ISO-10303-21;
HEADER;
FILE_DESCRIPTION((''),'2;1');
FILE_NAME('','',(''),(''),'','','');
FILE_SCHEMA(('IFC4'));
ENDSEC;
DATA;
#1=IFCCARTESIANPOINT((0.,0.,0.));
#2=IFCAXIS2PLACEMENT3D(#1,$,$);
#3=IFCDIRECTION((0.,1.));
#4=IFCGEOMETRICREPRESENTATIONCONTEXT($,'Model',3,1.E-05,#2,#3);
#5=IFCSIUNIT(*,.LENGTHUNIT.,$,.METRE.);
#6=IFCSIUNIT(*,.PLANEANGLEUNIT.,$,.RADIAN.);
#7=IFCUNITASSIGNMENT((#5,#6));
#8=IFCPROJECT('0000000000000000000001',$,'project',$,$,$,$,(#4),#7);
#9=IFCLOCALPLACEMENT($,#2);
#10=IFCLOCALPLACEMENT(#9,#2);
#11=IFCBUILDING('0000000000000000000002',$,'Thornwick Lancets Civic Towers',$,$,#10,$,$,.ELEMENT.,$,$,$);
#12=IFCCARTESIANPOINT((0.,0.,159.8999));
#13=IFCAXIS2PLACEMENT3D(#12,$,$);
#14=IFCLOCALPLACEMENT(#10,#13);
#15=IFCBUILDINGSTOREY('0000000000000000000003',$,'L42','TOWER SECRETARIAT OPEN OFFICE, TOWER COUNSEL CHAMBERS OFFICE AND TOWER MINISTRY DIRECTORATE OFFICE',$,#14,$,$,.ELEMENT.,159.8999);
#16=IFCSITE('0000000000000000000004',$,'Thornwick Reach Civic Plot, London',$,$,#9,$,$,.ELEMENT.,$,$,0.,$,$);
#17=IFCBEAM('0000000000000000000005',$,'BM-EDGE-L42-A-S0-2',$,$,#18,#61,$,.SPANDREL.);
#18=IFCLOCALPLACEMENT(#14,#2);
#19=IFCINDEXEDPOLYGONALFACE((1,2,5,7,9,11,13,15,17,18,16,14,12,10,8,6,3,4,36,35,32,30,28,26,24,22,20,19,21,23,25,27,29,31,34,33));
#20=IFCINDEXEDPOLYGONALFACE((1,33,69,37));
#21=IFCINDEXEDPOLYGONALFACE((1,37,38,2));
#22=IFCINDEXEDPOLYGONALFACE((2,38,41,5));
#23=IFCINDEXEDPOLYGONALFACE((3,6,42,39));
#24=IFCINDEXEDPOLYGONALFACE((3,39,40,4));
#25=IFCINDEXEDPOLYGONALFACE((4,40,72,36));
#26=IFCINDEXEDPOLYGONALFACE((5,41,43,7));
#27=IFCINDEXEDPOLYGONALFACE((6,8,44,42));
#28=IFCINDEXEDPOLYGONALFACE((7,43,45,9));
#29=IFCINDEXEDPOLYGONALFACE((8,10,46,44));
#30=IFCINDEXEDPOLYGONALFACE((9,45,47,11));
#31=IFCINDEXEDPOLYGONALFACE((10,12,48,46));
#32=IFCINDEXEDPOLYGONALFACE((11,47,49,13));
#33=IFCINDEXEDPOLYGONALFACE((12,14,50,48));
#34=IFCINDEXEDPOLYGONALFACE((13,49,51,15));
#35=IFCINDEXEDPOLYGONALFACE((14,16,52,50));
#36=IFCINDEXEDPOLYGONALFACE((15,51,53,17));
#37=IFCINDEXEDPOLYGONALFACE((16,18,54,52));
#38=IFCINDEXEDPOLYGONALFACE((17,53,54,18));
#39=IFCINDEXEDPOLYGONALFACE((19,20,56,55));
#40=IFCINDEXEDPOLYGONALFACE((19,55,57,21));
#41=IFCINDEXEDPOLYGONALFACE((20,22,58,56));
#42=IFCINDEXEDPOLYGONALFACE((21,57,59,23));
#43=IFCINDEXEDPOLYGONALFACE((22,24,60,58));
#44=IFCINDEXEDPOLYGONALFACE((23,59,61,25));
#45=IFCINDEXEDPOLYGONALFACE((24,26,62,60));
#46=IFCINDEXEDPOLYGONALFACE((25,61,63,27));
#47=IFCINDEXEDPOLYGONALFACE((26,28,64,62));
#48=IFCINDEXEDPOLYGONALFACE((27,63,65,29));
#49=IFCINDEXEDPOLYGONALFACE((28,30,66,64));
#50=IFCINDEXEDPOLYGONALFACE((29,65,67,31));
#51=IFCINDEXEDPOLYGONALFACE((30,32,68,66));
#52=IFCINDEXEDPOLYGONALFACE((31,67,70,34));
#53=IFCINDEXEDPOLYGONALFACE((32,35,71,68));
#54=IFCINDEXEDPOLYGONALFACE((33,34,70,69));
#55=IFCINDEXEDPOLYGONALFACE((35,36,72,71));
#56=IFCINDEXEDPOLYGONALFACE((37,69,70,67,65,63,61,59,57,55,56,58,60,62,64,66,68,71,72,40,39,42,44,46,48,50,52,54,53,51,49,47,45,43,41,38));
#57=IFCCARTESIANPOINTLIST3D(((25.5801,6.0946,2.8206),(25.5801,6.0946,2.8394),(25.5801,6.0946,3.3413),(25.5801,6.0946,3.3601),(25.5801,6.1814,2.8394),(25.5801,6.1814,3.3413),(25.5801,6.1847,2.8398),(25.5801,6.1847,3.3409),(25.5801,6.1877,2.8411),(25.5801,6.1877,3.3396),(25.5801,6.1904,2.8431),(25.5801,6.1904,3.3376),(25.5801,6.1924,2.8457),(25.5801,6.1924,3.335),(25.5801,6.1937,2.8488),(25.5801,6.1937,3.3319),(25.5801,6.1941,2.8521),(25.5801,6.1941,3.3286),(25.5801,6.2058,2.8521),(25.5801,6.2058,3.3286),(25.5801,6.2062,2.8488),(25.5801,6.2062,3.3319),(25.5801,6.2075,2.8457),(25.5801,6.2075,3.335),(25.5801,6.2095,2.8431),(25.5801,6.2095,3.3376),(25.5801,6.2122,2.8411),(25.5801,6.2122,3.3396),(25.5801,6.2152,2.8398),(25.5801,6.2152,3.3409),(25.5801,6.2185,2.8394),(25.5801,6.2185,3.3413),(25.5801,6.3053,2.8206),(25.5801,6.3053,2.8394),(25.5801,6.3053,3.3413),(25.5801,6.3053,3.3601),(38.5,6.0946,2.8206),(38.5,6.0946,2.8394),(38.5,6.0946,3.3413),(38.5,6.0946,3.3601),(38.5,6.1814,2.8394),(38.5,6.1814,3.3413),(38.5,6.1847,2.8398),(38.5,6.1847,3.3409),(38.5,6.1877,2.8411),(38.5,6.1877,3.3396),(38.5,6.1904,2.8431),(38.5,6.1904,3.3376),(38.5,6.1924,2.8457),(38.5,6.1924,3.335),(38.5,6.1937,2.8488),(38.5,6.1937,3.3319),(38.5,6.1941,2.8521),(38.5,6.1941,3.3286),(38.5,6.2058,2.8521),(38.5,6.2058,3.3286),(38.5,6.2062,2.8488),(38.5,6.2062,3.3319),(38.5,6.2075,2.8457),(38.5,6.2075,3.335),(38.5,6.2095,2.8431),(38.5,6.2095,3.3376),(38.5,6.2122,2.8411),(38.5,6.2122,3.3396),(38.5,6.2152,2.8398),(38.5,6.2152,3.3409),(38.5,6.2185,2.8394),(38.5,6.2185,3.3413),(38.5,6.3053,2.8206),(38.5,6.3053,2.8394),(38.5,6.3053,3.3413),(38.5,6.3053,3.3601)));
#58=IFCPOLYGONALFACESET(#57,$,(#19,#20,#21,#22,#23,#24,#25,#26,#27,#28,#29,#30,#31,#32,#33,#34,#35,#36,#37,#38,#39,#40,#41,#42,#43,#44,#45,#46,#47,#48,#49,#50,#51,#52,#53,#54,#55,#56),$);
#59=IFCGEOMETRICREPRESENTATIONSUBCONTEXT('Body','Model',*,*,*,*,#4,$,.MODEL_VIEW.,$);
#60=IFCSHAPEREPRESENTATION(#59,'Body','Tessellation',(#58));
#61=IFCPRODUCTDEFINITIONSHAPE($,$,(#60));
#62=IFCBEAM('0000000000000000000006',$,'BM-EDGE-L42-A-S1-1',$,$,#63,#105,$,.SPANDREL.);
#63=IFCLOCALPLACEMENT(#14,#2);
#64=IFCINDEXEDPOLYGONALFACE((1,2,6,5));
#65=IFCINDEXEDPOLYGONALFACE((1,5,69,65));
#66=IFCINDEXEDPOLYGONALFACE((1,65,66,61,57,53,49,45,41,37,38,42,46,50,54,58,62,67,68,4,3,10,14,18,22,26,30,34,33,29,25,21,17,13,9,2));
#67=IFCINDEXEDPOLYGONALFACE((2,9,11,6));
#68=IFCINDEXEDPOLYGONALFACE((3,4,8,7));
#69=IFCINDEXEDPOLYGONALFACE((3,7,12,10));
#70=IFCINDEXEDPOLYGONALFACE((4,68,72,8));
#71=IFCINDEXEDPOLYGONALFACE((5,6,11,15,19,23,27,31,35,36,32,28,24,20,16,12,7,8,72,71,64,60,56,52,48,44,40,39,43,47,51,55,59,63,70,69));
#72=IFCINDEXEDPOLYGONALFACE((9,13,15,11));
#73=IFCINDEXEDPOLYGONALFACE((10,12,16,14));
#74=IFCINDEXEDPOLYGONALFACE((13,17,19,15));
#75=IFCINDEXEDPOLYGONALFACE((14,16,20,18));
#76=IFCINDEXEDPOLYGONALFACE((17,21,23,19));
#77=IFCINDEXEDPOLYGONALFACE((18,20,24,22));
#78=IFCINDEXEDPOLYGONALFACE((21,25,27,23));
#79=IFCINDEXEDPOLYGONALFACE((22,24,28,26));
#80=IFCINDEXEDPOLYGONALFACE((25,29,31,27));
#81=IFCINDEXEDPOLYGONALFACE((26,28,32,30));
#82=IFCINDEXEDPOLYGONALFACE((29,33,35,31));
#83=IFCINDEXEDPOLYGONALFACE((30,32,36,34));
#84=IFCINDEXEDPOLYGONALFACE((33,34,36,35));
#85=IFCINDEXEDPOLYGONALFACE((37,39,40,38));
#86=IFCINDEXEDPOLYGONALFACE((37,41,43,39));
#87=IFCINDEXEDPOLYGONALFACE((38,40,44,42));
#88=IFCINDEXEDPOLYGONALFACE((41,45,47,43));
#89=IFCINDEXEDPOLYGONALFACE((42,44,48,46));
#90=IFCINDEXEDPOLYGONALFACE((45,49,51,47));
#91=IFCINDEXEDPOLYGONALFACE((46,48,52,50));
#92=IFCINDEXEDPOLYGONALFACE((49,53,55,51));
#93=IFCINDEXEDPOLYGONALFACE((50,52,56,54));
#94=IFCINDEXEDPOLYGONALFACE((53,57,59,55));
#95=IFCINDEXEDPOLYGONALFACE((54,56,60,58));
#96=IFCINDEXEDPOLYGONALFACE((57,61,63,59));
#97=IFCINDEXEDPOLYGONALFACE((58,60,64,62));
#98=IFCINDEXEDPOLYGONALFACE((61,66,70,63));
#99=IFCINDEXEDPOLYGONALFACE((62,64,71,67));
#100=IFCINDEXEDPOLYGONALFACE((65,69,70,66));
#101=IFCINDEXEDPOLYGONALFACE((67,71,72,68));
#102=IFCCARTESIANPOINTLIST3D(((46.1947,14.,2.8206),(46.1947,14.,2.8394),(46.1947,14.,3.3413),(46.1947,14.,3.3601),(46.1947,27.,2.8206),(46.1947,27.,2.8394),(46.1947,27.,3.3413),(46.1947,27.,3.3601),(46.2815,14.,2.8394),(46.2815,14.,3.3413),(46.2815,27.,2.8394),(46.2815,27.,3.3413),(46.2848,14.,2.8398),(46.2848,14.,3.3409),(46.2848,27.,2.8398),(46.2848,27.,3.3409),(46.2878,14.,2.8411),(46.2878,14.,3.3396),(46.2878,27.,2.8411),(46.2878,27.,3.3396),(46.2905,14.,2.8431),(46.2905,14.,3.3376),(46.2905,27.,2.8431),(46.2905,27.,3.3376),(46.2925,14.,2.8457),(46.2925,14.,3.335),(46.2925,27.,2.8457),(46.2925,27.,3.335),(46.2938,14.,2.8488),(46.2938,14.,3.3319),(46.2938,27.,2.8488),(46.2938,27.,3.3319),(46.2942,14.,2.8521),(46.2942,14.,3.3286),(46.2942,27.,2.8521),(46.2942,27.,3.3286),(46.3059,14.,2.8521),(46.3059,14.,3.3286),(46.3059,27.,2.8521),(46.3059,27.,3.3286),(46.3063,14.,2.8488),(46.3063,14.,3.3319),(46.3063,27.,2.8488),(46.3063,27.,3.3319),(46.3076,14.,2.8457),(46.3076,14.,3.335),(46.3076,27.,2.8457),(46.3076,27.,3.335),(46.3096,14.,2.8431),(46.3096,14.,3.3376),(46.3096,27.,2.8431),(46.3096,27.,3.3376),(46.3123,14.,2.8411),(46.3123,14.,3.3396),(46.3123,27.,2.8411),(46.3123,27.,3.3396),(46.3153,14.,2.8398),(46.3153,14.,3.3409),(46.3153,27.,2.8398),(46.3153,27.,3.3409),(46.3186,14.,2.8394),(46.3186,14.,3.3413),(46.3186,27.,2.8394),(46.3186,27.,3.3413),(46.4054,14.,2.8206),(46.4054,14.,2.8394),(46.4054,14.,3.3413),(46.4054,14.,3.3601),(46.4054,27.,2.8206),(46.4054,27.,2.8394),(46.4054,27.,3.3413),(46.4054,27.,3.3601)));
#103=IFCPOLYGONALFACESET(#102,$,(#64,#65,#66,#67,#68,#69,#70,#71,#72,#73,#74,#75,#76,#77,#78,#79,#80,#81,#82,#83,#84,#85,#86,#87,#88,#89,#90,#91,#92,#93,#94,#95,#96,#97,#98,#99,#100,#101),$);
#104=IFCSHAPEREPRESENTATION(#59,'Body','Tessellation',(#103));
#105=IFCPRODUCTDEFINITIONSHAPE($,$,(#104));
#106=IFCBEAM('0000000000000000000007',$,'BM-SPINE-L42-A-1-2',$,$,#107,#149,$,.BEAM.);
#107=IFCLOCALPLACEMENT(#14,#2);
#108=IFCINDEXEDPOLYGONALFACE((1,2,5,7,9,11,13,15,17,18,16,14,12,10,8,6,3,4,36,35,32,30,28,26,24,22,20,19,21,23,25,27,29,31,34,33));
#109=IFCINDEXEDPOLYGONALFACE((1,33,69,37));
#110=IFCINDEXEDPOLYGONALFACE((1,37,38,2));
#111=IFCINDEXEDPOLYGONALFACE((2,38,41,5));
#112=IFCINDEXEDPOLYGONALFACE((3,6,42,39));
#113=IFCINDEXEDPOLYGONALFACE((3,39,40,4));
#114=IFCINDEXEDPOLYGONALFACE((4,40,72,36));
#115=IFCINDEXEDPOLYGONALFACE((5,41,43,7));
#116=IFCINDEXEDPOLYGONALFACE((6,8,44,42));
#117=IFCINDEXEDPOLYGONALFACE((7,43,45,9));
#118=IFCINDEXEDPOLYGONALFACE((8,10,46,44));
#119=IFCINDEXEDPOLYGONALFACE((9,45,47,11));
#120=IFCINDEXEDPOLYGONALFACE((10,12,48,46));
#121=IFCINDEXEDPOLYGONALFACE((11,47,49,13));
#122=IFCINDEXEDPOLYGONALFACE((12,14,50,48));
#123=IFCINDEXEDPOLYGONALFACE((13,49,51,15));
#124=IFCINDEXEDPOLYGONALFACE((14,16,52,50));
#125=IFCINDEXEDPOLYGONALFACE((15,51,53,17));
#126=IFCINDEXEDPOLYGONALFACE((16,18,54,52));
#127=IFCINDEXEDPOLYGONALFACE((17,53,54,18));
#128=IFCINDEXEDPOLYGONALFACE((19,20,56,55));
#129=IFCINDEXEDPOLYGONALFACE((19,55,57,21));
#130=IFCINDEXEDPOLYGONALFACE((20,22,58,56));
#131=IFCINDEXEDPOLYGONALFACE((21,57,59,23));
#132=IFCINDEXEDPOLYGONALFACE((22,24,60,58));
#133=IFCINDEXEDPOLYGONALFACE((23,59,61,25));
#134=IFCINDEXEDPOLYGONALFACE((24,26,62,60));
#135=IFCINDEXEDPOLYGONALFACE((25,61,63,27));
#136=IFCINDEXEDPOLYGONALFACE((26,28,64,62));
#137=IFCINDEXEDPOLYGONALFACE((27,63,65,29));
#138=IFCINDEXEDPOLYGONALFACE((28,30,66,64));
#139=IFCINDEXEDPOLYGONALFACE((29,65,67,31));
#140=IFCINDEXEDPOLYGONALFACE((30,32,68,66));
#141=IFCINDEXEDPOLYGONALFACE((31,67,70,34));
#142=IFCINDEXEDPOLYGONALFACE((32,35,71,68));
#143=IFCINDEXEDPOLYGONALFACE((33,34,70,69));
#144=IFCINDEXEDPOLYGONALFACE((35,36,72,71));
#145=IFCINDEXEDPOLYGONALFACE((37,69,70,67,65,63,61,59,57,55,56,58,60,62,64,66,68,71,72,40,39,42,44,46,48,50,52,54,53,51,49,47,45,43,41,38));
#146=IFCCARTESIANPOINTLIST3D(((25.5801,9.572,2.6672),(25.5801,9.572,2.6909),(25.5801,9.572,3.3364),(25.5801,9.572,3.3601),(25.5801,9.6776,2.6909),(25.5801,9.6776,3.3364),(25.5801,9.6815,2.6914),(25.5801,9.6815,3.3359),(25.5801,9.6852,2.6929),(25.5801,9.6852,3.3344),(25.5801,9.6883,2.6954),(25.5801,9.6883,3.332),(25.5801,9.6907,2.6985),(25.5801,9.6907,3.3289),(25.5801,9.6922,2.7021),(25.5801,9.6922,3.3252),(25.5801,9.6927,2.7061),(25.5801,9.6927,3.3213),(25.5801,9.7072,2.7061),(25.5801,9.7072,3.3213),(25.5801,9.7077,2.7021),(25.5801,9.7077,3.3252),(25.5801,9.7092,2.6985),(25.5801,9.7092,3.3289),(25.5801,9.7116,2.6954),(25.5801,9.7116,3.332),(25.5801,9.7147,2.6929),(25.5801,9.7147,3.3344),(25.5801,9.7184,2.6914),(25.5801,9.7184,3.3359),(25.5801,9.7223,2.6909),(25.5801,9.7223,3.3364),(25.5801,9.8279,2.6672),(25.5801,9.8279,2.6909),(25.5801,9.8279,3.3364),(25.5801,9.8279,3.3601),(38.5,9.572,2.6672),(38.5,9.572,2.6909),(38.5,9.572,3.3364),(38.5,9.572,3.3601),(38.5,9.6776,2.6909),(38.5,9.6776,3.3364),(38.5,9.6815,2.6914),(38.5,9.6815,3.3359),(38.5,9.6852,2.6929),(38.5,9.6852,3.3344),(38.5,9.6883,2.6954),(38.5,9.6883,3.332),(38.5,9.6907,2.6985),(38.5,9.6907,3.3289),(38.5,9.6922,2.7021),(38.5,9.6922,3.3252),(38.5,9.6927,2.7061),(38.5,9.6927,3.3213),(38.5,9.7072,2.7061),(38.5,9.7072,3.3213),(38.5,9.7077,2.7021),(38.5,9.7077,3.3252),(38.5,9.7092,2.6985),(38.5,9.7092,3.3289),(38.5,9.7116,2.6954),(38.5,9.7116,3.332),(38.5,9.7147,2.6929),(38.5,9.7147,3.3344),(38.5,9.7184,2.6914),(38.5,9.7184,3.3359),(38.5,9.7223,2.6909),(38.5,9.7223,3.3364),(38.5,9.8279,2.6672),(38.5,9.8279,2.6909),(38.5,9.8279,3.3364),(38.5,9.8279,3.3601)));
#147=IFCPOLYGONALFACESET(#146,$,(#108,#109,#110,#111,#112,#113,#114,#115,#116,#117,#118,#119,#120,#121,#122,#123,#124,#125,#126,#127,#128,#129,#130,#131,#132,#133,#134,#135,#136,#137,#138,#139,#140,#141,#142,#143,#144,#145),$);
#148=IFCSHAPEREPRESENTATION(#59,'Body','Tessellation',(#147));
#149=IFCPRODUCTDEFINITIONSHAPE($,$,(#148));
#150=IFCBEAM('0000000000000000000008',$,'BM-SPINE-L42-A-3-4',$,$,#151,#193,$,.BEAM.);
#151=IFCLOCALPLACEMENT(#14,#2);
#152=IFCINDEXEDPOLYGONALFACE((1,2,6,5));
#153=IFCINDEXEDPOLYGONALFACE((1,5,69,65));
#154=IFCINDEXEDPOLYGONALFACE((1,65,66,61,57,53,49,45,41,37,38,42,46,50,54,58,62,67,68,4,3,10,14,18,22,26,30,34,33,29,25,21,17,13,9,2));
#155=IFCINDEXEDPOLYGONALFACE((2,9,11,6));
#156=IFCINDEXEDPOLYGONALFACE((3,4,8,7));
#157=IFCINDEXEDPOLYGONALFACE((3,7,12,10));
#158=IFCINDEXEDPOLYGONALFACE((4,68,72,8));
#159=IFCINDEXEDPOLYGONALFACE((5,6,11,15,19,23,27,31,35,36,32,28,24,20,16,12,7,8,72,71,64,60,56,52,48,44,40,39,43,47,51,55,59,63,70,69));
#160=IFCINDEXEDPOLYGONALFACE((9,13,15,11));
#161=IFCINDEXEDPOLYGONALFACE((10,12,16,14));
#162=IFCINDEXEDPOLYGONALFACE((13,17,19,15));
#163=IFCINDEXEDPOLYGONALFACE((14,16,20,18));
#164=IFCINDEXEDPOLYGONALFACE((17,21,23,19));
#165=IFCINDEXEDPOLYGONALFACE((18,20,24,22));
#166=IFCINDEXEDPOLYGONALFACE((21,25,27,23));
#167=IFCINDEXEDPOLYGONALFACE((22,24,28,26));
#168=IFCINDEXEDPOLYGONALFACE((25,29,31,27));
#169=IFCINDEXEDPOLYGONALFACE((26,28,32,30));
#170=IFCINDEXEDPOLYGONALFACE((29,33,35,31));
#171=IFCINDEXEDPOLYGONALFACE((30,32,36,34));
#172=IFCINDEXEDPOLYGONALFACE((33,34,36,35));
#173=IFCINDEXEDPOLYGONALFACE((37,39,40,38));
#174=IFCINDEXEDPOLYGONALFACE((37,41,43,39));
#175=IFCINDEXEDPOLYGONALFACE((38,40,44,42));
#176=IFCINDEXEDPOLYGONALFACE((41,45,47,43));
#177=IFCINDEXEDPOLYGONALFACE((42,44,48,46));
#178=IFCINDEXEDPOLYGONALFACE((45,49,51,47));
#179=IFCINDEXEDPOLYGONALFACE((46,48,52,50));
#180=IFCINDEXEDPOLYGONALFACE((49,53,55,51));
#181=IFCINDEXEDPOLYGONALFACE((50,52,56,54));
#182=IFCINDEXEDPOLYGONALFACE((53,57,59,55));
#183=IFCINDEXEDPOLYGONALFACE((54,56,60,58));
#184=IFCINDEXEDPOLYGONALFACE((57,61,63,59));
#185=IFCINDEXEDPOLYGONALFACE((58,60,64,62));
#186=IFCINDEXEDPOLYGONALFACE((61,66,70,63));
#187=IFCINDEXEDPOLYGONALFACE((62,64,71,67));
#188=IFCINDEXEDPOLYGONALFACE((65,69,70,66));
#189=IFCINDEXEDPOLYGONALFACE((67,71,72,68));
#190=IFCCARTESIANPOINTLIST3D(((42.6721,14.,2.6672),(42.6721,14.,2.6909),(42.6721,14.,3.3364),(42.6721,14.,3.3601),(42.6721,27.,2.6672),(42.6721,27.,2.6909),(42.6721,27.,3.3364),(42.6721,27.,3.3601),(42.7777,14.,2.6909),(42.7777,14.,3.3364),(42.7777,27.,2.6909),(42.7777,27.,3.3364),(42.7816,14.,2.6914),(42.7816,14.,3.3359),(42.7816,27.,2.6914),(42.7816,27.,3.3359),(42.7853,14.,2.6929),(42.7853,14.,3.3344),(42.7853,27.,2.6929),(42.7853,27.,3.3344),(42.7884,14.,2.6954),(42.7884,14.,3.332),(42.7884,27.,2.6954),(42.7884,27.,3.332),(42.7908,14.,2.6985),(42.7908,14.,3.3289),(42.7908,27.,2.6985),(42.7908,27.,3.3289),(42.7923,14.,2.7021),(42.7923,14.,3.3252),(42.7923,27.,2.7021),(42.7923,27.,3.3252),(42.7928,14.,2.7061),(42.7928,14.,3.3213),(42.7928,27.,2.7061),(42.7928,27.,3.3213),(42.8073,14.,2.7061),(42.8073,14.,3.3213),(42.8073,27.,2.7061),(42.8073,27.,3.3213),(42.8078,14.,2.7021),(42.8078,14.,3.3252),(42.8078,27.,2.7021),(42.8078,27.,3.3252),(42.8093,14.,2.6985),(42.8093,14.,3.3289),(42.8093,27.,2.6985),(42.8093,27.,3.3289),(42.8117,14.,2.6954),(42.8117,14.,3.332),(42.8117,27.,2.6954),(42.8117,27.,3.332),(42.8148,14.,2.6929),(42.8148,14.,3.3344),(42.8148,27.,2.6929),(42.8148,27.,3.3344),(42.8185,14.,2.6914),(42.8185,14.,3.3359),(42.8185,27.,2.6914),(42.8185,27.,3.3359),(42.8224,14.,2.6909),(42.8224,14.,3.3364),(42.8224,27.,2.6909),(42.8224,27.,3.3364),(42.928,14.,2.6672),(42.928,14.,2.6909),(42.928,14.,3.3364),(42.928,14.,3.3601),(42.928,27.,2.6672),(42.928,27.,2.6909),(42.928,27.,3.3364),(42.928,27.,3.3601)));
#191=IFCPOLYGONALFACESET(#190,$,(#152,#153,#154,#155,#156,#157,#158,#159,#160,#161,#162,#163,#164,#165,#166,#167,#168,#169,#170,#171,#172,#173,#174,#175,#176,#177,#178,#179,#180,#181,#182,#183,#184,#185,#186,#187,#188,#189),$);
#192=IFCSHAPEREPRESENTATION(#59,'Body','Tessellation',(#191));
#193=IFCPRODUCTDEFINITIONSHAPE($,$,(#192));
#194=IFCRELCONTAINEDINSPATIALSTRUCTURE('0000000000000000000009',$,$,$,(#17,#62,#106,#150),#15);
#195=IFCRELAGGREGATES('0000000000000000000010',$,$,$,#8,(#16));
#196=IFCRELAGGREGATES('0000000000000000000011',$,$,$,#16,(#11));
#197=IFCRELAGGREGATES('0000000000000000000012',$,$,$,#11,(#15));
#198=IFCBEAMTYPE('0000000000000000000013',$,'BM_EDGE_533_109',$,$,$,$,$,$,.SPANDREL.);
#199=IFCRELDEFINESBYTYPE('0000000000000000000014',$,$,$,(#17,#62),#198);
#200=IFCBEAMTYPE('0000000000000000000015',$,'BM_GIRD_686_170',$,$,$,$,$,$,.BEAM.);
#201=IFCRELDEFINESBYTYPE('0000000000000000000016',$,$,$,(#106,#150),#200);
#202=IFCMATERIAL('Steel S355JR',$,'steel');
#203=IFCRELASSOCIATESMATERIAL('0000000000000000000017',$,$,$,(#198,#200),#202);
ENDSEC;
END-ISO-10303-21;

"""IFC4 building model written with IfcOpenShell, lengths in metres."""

from ifc_helpers import new_model, si_unit, direction, frame, origin, origin_2d, place, context, subcontext, project, spatial, i_section, extrude, material, material_profile, profile_set, type_object, element, save


model = new_model("IFC4")

# Units and contexts
model_context = context("Model", 3, precision=1e-05, world=origin(), true_north=direction((0.0, 1.0)))
body_context = subcontext(model_context, "Body", "Model", "MODEL_VIEW")
ifc_project = project(units=[si_unit("LENGTHUNIT", "METRE"), si_unit("PLANEANGLEUNIT", "RADIAN")], contexts=[model_context])

# Site, building, storey
site_placement = place(None, origin())
site = spatial("IfcSite", under=ifc_project, at=site_placement, Name="Thornwick Reach Civic Plot, London", CompositionType="ELEMENT", RefElevation=0.0)
building_placement = place(site_placement, origin())
building = spatial("IfcBuilding", under=site, at=building_placement, Name="Thornwick Lancets Civic Towers", CompositionType="ELEMENT")
storey_placement = place(building_placement, frame((0.0, 0.0, 159.8999)))
storey = spatial("IfcBuildingStorey", under=building, at=storey_placement, Name="L42", Description="TOWER SECRETARIAT OPEN OFFICE, TOWER COUNSEL CHAMBERS OFFICE AND TOWER MINISTRY DIRECTORATE OFFICE", CompositionType="ELEMENT", Elevation=159.8999)

# Beams
ifc_material_1 = material(Name="Steel S355JR", Category="steel")
ifc_material_profile_1 = material_profile(ifc_material_1, i_section(OverallWidth=0.2107, OverallDepth=0.5396, WebThickness=0.0117, FlangeThickness=0.0188, FilletRadius=0.0127, at=origin_2d()), Name="UKB 533x210x109")
ifc_profile_set_1 = profile_set([ifc_material_profile_1], Name="Steel S355JR")
beam_type_1 = type_object("IfcBeamType", Name="BM_EDGE_533_109", PredefinedType="SPANDREL", material=ifc_profile_set_1)
beam_1_placement = place(storey_placement, frame((25.5801, 6.2, 3.0903), z_axis=(1.0, 0.0, 0.0), x_axis=(0.0, 1.0, 0.0)))
element("IfcBeam", 1, at=beam_1_placement, inside=storey, type_object=beam_type_1, Name="BM-EDGE-L42-A-S0-2", PredefinedType="SPANDREL", context=body_context, shape_type="SweptSolid", body=[
    extrude(i_section(OverallWidth=0.2107, OverallDepth=0.5396, WebThickness=0.0117, FlangeThickness=0.0188, FilletRadius=0.0127, at=origin_2d()), origin(), (0.0, 0.0, 1.0), 12.9199),
])
beam_2_placement = place(storey_placement, frame((46.3, 14.0, 3.0903), z_axis=(0.0, 1.0, 0.0), x_axis=(-1.0, 0.0, 0.0)))
element("IfcBeam", 2, at=beam_2_placement, inside=storey, type_object=beam_type_1, Name="BM-EDGE-L42-A-S1-1", PredefinedType="SPANDREL", context=body_context, shape_type="SweptSolid", body=[
    extrude(i_section(OverallWidth=0.2107, OverallDepth=0.5396, WebThickness=0.0117, FlangeThickness=0.0188, FilletRadius=0.0127, at=origin_2d()), origin(), (0.0, 0.0, 1.0), 13.0),
])
ifc_material_profile_2 = material_profile(ifc_material_1, i_section(OverallWidth=0.2559, OverallDepth=0.6929, WebThickness=0.0144, FlangeThickness=0.0237, FilletRadius=0.0151, at=origin_2d()), Name="UKB 686x254x170")
ifc_profile_set_2 = profile_set([ifc_material_profile_2], Name="Steel S355JR")
beam_type_2 = type_object("IfcBeamType", Name="BM_GIRD_686_170", PredefinedType="BEAM", material=ifc_profile_set_2)
beam_3_placement = place(storey_placement, frame((25.5801, 9.7, 3.0137), z_axis=(1.0, 0.0, 0.0), x_axis=(0.0, 1.0, 0.0)))
element("IfcBeam", 3, at=beam_3_placement, inside=storey, type_object=beam_type_2, Name="BM-SPINE-L42-A-1-2", PredefinedType="BEAM", context=body_context, shape_type="SweptSolid", body=[
    extrude(i_section(OverallWidth=0.2559, OverallDepth=0.6929, WebThickness=0.0144, FlangeThickness=0.0237, FilletRadius=0.0151, at=origin_2d()), origin(), (0.0, 0.0, 1.0), 12.9199),
])
beam_4_placement = place(storey_placement, frame((42.8, 14.0, 3.0137), z_axis=(0.0, 1.0, 0.0), x_axis=(-1.0, 0.0, 0.0)))
element("IfcBeam", 4, at=beam_4_placement, inside=storey, type_object=beam_type_2, Name="BM-SPINE-L42-A-3-4", PredefinedType="BEAM", context=body_context, shape_type="SweptSolid", body=[
    extrude(i_section(OverallWidth=0.2559, OverallDepth=0.6929, WebThickness=0.0144, FlangeThickness=0.0237, FilletRadius=0.0151, at=origin_2d()), origin(), (0.0, 0.0, 1.0), 13.0),
])

save(model, "model.ifc")
